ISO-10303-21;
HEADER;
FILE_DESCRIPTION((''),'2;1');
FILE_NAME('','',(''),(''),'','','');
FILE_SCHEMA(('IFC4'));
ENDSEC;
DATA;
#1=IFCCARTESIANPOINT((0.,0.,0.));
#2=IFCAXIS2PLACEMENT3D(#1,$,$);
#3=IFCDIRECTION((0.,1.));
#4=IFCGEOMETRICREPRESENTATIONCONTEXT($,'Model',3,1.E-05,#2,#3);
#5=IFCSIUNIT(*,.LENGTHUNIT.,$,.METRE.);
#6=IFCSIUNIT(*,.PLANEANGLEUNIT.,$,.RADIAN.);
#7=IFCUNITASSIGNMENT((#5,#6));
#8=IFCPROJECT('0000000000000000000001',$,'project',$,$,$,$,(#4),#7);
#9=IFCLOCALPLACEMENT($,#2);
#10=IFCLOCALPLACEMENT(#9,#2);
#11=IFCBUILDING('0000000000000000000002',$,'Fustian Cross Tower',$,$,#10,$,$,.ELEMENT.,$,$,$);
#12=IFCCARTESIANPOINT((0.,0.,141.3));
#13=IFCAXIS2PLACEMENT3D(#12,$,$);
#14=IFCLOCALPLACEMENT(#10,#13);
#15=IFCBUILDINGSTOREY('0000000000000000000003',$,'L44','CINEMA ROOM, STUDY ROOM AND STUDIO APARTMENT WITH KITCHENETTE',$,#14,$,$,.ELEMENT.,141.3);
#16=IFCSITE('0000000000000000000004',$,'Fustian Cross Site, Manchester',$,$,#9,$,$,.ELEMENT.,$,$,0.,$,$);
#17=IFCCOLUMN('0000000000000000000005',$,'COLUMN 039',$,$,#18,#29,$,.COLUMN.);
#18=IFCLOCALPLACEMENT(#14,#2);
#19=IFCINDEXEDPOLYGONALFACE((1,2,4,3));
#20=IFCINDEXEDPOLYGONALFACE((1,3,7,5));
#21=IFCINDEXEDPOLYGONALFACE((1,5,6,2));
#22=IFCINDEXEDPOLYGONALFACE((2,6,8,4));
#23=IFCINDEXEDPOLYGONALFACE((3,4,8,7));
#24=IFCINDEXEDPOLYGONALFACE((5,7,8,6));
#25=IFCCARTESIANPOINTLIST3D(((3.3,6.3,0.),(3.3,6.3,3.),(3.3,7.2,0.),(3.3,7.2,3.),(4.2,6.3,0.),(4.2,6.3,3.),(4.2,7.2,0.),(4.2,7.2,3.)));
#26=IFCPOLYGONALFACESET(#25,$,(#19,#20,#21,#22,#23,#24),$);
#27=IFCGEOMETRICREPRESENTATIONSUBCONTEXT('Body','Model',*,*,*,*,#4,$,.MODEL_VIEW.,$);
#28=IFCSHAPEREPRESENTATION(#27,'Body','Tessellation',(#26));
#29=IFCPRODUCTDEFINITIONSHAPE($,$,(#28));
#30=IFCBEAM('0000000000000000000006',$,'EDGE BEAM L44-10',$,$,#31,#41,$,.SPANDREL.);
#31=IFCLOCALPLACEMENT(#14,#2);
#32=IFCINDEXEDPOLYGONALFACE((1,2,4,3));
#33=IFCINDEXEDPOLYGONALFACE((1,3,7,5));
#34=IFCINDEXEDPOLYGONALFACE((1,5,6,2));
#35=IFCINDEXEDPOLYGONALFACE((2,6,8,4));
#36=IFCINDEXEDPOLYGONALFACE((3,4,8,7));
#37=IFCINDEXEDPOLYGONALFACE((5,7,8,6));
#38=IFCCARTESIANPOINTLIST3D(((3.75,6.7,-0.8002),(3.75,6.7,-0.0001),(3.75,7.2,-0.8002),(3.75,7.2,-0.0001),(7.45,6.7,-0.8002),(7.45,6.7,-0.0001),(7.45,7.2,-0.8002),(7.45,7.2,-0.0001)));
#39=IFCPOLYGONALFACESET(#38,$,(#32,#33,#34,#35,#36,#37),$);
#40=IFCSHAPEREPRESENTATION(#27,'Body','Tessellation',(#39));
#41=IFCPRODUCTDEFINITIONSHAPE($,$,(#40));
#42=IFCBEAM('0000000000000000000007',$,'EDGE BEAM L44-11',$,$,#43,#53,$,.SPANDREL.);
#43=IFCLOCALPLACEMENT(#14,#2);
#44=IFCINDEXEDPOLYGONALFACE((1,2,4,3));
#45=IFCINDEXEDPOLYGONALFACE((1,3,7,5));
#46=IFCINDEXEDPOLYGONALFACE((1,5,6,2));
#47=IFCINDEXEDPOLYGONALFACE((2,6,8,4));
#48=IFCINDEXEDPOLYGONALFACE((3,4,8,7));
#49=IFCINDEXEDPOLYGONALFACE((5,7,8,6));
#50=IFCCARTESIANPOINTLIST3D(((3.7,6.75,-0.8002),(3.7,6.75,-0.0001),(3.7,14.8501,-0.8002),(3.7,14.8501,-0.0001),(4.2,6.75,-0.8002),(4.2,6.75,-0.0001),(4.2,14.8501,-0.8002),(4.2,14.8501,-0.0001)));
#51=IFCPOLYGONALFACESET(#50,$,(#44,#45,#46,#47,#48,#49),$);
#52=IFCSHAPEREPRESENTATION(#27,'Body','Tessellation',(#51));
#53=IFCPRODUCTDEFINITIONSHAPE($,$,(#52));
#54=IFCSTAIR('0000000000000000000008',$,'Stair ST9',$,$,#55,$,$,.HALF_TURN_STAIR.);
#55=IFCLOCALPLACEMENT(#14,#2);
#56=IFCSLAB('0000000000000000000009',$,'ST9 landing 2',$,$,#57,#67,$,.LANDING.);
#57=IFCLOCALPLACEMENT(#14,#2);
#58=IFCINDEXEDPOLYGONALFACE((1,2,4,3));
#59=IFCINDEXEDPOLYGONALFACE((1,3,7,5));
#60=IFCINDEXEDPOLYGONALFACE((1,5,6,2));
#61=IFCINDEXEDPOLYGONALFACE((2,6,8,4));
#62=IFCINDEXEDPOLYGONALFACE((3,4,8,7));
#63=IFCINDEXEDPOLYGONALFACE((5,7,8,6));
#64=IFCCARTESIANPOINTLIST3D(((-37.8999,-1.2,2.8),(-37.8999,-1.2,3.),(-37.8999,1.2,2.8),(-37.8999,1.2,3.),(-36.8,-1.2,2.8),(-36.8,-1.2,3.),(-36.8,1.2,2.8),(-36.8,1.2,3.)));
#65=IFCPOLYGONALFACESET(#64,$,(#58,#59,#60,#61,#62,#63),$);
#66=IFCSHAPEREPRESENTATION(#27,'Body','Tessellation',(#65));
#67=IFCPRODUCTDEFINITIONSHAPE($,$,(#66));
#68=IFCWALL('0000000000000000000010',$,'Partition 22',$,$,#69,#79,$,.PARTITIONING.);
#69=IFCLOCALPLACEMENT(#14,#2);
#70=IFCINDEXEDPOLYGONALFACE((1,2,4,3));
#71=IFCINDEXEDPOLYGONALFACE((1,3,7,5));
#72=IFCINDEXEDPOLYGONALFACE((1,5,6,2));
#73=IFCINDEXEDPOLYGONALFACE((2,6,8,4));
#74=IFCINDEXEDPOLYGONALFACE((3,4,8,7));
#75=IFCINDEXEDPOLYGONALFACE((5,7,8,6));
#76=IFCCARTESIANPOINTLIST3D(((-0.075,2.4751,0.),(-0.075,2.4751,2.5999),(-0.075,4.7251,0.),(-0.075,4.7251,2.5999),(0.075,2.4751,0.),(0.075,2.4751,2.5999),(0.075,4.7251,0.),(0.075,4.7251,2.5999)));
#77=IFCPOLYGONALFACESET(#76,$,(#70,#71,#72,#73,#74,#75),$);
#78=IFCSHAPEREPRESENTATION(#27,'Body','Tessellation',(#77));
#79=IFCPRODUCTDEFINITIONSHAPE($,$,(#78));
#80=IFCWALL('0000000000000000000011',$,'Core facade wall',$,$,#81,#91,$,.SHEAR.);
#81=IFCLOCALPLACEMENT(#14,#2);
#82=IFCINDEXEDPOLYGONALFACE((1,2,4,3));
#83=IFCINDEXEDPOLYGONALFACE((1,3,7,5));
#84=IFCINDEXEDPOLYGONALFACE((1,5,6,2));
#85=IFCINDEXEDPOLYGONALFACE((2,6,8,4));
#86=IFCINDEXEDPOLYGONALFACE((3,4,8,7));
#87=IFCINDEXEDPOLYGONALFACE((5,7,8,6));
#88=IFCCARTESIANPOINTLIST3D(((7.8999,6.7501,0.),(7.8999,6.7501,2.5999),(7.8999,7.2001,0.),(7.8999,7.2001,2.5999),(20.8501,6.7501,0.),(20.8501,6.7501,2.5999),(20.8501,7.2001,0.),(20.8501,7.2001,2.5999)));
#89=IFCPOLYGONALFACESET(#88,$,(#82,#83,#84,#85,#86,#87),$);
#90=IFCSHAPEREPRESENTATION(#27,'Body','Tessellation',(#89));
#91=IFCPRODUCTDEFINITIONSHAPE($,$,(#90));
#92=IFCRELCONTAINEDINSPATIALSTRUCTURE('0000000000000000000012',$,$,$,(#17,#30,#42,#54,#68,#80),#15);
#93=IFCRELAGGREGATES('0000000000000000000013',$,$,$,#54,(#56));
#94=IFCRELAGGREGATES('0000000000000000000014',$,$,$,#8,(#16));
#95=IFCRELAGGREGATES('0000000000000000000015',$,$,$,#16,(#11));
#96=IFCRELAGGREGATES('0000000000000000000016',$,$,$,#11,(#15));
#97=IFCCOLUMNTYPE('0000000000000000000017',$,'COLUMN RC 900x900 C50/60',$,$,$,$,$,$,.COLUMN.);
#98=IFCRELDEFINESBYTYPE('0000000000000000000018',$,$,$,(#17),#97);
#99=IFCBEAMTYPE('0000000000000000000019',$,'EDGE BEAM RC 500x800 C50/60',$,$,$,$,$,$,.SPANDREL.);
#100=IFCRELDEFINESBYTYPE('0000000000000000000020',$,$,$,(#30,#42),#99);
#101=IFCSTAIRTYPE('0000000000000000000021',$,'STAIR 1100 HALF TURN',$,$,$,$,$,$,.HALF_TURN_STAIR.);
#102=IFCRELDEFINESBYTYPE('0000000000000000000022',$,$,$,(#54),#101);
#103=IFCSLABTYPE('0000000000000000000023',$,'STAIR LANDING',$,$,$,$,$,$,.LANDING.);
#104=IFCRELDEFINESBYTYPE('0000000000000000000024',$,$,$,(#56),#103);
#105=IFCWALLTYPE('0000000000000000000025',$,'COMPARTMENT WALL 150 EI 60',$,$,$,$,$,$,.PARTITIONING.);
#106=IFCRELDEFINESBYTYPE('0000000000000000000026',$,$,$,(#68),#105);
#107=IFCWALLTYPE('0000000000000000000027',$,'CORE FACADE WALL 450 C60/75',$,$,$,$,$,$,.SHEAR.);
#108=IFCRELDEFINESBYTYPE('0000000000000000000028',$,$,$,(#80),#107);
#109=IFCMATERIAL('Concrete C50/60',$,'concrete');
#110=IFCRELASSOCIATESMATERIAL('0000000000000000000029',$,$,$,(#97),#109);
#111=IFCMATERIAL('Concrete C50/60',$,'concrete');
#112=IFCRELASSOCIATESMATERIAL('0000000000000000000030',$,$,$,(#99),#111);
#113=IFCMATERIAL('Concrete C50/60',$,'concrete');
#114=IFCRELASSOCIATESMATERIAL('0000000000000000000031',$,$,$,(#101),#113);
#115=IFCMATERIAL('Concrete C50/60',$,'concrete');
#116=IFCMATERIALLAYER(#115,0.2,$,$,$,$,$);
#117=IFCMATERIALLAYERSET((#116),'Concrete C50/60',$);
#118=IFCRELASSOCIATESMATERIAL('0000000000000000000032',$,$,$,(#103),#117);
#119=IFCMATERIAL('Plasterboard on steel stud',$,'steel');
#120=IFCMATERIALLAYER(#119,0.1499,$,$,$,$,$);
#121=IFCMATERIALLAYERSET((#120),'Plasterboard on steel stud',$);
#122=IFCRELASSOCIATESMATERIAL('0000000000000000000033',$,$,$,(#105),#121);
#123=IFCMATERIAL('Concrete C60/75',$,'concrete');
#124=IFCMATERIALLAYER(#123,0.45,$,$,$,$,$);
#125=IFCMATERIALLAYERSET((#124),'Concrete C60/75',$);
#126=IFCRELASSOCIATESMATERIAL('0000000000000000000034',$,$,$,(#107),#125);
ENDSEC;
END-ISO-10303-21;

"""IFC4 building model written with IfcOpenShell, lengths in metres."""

from ifc_helpers import new_model, si_unit, direction, frame, frame_2d, origin, origin_2d, place, context, subcontext, project, spatial, polyline, rectangle, outline, extrude, material, layer, layer_set, material_profile, profile_set, type_object, element, aggregate, save


model = new_model("IFC4")

# Units and contexts
model_context = context("Model", 3, precision=1e-05, world=origin(), true_north=direction((0.0, 1.0)))
body_context = subcontext(model_context, "Body", "Model", "MODEL_VIEW")
ifc_project = project(units=[si_unit("LENGTHUNIT", "METRE"), si_unit("PLANEANGLEUNIT", "RADIAN")], contexts=[model_context])

# Site, building, storey
site_placement = place(None, origin())
site = spatial("IfcSite", under=ifc_project, at=site_placement, Name="Fustian Cross Site, Manchester", CompositionType="ELEMENT", RefElevation=0.0)
building_placement = place(site_placement, origin())
building = spatial("IfcBuilding", under=site, at=building_placement, Name="Fustian Cross Tower", CompositionType="ELEMENT")
storey_placement = place(building_placement, frame((0.0, 0.0, 141.3)))
storey = spatial("IfcBuildingStorey", under=building, at=storey_placement, Name="L44", Description="CINEMA ROOM, STUDY ROOM AND STUDIO APARTMENT WITH KITCHENETTE", CompositionType="ELEMENT", Elevation=141.3)

# Column
ifc_material_1 = material(Name="Concrete C50/60", Category="concrete")
ifc_material_profile_1 = material_profile(ifc_material_1, rectangle(XDim=0.8999, YDim=0.8999, at=origin_2d()), Name="RC 900x900")
ifc_profile_set_1 = profile_set([ifc_material_profile_1], Name="Concrete C50/60")
column_type = type_object("IfcColumnType", Name="COLUMN RC 900x900 C50/60", PredefinedType="COLUMN", material=ifc_profile_set_1)
column_placement = place(storey_placement, frame((3.75, 6.75, 0.0), z_axis=(0.0, 0.0, 1.0), x_axis=(1.0, 0.0, 0.0)))
element("IfcColumn", 1, at=column_placement, inside=storey, type_object=column_type, Name="COLUMN 039", PredefinedType="COLUMN", context=body_context, shape_type="SweptSolid", body=[
    extrude(rectangle(XDim=0.8999, YDim=0.8999, at=origin_2d()), origin(), (0.0, 0.0, 1.0), 3.0),
])

# Beams
ifc_material_2 = material(Name="Concrete C50/60", Category="concrete")
ifc_material_profile_2 = material_profile(ifc_material_2, rectangle(XDim=0.5, YDim=0.8, at=origin_2d()), Name="RC 500x800")
ifc_profile_set_2 = profile_set([ifc_material_profile_2], Name="Concrete C50/60")
beam_type = type_object("IfcBeamType", Name="EDGE BEAM RC 500x800 C50/60", PredefinedType="SPANDREL", material=ifc_profile_set_2)
beam_1_placement = place(storey_placement, frame((7.45, 6.95, -0.4001), z_axis=(-1.0, 0.0, 0.0), x_axis=(0.0, -1.0, 0.0)))
element("IfcBeam", 2, at=beam_1_placement, inside=storey, type_object=beam_type, Name="EDGE BEAM L44-10", PredefinedType="SPANDREL", context=body_context, shape_type="SweptSolid", body=[
    extrude(rectangle(XDim=0.5, YDim=0.8, at=origin_2d()), origin(), (0.0, 0.0, 1.0), 3.7),
])
beam_2_placement = place(storey_placement, frame((3.95, 6.75, -0.4001), z_axis=(0.0, 1.0, 0.0), x_axis=(-1.0, 0.0, 0.0)))
element("IfcBeam", 3, at=beam_2_placement, inside=storey, type_object=beam_type, Name="EDGE BEAM L44-11", PredefinedType="SPANDREL", context=body_context, shape_type="SweptSolid", body=[
    extrude(rectangle(XDim=0.5, YDim=0.8, at=origin_2d()), origin(), (0.0, 0.0, 1.0), 8.1001),
])

# Stair, slab
ifc_material_3 = material(Name="Concrete C50/60", Category="concrete")
stair_type = type_object("IfcStairType", Name="STAIR 1100 HALF TURN", PredefinedType="HALF_TURN_STAIR", material=ifc_material_3)
stair_placement = place(storey_placement, origin())
stair = element("IfcStair", 4, at=stair_placement, inside=storey, type_object=stair_type, Name="Stair ST9", PredefinedType="HALF_TURN_STAIR")
ifc_material_4 = material(Name="Concrete C50/60", Category="concrete")
ifc_layer_1 = layer(ifc_material_4, 0.2)
ifc_layer_set_1 = layer_set([ifc_layer_1], Name="Concrete C50/60")
slab_type = type_object("IfcSlabType", Name="STAIR LANDING", PredefinedType="LANDING", material=ifc_layer_set_1)
slab_placement = place(storey_placement, frame((0.0, 0.0, 2.8)))
slab = element("IfcSlab", 5, at=slab_placement, type_object=slab_type, Name="ST9 landing 2", PredefinedType="LANDING", context=body_context, shape_type="SweptSolid", body=[
    extrude(outline(polyline([(-36.8, -1.2), (-37.8999, -1.2), (-37.8999, 1.2), (-36.8, 1.2), (-36.8, -1.2)])), origin(), (0.0, 0.0, 1.0), 0.2),
])
aggregate(stair, [slab])

# Walls
ifc_material_5 = material(Name="Plasterboard on steel stud", Category="steel")
ifc_layer_2 = layer(ifc_material_5, 0.1499)
ifc_layer_set_2 = layer_set([ifc_layer_2], Name="Plasterboard on steel stud")
wall_type_1 = type_object("IfcWallType", Name="COMPARTMENT WALL 150 EI 60", PredefinedType="PARTITIONING", material=ifc_layer_set_2)
wall_1_placement = place(storey_placement, frame((0.0, 2.4751, 0.0), z_axis=(0.0, 0.0, 1.0), x_axis=(0.0, 1.0, 0.0)))
element("IfcWall", 6, at=wall_1_placement, inside=storey, type_object=wall_type_1, Name="Partition 22", PredefinedType="PARTITIONING", context=body_context, shape_type="SweptSolid", body=[
    extrude(rectangle(XDim=2.25, YDim=0.1499, at=frame_2d((1.125, 0.0))), origin(), (0.0, 0.0, 1.0), 2.5999),
])
ifc_material_6 = material(Name="Concrete C60/75", Category="concrete")
ifc_layer_3 = layer(ifc_material_6, 0.45)
ifc_layer_set_3 = layer_set([ifc_layer_3], Name="Concrete C60/75")
wall_type_2 = type_object("IfcWallType", Name="CORE FACADE WALL 450 C60/75", PredefinedType="SHEAR", material=ifc_layer_set_3)
wall_2_placement = place(storey_placement, frame((7.8999, 6.9751, 0.0), z_axis=(0.0, 0.0, 1.0), x_axis=(1.0, 0.0, 0.0)))
element("IfcWall", 7, at=wall_2_placement, inside=storey, type_object=wall_type_2, Name="Core facade wall", PredefinedType="SHEAR", context=body_context, shape_type="SweptSolid", body=[
    extrude(rectangle(XDim=12.9502, YDim=0.45, at=frame_2d((6.4751, 0.0))), origin(), (0.0, 0.0, 1.0), 2.5999),
])

save(model, "model.ifc")
